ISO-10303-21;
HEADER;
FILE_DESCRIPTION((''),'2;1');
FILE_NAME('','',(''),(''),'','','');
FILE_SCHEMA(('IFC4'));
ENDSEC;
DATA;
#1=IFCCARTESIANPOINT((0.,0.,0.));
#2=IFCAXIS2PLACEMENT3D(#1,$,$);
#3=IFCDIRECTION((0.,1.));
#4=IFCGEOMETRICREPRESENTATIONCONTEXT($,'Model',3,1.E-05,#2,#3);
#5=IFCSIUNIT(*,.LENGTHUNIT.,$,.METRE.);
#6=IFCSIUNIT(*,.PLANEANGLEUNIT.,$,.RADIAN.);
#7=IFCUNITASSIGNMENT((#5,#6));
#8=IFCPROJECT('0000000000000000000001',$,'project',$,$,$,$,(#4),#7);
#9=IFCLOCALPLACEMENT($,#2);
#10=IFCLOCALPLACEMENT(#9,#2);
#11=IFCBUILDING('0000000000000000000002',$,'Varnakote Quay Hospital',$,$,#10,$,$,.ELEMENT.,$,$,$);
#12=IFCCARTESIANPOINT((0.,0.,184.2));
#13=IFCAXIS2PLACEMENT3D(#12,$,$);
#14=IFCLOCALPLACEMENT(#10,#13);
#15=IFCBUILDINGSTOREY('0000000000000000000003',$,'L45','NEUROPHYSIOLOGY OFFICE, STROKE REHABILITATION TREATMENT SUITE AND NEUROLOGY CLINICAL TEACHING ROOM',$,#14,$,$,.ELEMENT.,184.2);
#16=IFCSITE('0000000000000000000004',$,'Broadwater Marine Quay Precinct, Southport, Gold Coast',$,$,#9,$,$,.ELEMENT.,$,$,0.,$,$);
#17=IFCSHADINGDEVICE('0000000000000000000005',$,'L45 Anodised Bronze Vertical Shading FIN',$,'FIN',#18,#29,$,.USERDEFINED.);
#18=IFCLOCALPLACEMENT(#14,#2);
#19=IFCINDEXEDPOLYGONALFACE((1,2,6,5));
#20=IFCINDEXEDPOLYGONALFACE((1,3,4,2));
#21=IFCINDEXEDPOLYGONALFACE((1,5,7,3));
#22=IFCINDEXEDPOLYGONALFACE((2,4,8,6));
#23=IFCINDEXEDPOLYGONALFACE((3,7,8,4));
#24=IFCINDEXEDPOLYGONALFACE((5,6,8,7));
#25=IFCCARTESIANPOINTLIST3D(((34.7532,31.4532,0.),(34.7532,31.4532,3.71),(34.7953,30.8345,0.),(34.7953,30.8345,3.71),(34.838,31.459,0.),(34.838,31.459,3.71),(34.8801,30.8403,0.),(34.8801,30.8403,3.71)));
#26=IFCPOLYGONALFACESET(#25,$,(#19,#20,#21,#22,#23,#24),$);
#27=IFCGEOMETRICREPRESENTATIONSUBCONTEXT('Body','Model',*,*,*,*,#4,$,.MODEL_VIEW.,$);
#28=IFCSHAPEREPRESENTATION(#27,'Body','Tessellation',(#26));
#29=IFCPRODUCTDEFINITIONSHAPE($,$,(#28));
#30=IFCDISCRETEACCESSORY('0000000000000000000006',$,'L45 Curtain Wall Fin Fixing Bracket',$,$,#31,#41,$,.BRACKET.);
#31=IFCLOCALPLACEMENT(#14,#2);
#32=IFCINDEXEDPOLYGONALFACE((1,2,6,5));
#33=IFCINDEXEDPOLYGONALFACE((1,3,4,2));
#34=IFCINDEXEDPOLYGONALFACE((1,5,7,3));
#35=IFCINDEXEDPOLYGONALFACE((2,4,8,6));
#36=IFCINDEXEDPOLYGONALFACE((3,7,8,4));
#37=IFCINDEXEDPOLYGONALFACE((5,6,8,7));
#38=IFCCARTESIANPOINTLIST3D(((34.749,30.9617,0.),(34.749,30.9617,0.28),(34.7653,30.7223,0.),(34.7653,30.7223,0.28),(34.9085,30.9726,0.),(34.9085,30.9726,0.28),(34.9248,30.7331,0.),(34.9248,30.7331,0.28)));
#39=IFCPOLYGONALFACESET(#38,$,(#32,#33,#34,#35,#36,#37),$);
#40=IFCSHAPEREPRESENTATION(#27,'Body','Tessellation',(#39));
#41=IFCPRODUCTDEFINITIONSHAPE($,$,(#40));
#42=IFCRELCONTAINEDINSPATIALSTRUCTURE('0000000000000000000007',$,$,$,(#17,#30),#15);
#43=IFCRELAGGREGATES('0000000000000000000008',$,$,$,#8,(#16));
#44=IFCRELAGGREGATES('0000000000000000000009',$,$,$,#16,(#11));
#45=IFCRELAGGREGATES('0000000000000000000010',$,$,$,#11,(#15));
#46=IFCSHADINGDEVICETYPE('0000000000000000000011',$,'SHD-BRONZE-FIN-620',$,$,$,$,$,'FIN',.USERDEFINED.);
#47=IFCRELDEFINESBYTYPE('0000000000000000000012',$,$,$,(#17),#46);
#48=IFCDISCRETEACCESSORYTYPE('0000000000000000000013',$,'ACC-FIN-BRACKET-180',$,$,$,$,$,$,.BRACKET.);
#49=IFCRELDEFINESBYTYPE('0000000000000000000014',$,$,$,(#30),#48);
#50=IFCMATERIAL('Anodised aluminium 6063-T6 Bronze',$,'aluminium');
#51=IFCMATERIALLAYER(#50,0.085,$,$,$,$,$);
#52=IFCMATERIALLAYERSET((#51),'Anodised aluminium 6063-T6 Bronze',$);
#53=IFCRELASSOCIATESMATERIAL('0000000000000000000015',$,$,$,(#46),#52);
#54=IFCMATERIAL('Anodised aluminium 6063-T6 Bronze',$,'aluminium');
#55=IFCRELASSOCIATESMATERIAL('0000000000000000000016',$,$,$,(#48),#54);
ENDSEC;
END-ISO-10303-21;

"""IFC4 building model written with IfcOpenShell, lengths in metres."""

from ifc_helpers import new_model, si_unit, direction, frame, origin, origin_2d, place, context, subcontext, project, spatial, rectangle, extrude, material, layer, layer_set, type_object, element, save


model = new_model("IFC4")

# Units and contexts
model_context = context("Model", 3, precision=1e-05, world=origin(), true_north=direction((0.0, 1.0)))
body_context = subcontext(model_context, "Body", "Model", "MODEL_VIEW")
ifc_project = project(units=[si_unit("LENGTHUNIT", "METRE"), si_unit("PLANEANGLEUNIT", "RADIAN")], contexts=[model_context])

# Site, building, storey
site_placement = place(None, origin())
site = spatial("IfcSite", under=ifc_project, at=site_placement, Name="Broadwater Marine Quay Precinct, Southport, Gold Coast", CompositionType="ELEMENT", RefElevation=0.0)
building_placement = place(site_placement, origin())
building = spatial("IfcBuilding", under=site, at=building_placement, Name="Varnakote Quay Hospital", CompositionType="ELEMENT")
storey_placement = place(building_placement, frame((0.0, 0.0, 184.2)))
storey = spatial("IfcBuildingStorey", under=building, at=storey_placement, Name="L45", Description="NEUROPHYSIOLOGY OFFICE, STROKE REHABILITATION TREATMENT SUITE AND NEUROLOGY CLINICAL TEACHING ROOM", CompositionType="ELEMENT", Elevation=184.2)

# Shading device
ifc_material_1 = material(Name="Anodised aluminium 6063-T6 Bronze", Category="aluminium")
ifc_layer_1 = layer(ifc_material_1, 0.085)
ifc_layer_set_1 = layer_set([ifc_layer_1], Name="Anodised aluminium 6063-T6 Bronze")
shading_device_type = type_object("IfcShadingDeviceType", Name="SHD-BRONZE-FIN-620", ElementType="FIN", PredefinedType="USERDEFINED", material=ifc_layer_set_1)
shading_device_placement = place(storey_placement, frame((34.8167, 31.1467, 0.0), z_axis=(0.0, 0.0, 1.0), x_axis=(0.067841, -0.997696, 0.0)))
element("IfcShadingDevice", 1, at=shading_device_placement, inside=storey, type_object=shading_device_type, Name="L45 Anodised Bronze Vertical Shading FIN", ObjectType="FIN", PredefinedType="USERDEFINED", context=body_context, shape_type="SweptSolid", body=[
    extrude(rectangle(XDim=0.6201, YDim=0.085, at=origin_2d()), origin(), (0.0, 0.0, 1.0), 3.71),
])

# Discrete accessory
ifc_material_2 = material(Name="Anodised aluminium 6063-T6 Bronze", Category="aluminium")
discrete_accessory_type = type_object("IfcDiscreteAccessoryType", Name="ACC-FIN-BRACKET-180", PredefinedType="BRACKET", material=ifc_material_2)
discrete_accessory_placement = place(storey_placement, frame((34.8369, 30.8474, 0.0), z_axis=(0.0, 0.0, 1.0), x_axis=(-0.997696, -0.067841, 0.0)))
element("IfcDiscreteAccessory", 2, at=discrete_accessory_placement, inside=storey, type_object=discrete_accessory_type, Name="L45 Curtain Wall Fin Fixing Bracket", PredefinedType="BRACKET", context=body_context, shape_type="SweptSolid", body=[
    extrude(rectangle(XDim=0.1599, YDim=0.24, at=origin_2d()), origin(), (0.0, 0.0, 1.0), 0.28),
])

save(model, "model.ifc")
